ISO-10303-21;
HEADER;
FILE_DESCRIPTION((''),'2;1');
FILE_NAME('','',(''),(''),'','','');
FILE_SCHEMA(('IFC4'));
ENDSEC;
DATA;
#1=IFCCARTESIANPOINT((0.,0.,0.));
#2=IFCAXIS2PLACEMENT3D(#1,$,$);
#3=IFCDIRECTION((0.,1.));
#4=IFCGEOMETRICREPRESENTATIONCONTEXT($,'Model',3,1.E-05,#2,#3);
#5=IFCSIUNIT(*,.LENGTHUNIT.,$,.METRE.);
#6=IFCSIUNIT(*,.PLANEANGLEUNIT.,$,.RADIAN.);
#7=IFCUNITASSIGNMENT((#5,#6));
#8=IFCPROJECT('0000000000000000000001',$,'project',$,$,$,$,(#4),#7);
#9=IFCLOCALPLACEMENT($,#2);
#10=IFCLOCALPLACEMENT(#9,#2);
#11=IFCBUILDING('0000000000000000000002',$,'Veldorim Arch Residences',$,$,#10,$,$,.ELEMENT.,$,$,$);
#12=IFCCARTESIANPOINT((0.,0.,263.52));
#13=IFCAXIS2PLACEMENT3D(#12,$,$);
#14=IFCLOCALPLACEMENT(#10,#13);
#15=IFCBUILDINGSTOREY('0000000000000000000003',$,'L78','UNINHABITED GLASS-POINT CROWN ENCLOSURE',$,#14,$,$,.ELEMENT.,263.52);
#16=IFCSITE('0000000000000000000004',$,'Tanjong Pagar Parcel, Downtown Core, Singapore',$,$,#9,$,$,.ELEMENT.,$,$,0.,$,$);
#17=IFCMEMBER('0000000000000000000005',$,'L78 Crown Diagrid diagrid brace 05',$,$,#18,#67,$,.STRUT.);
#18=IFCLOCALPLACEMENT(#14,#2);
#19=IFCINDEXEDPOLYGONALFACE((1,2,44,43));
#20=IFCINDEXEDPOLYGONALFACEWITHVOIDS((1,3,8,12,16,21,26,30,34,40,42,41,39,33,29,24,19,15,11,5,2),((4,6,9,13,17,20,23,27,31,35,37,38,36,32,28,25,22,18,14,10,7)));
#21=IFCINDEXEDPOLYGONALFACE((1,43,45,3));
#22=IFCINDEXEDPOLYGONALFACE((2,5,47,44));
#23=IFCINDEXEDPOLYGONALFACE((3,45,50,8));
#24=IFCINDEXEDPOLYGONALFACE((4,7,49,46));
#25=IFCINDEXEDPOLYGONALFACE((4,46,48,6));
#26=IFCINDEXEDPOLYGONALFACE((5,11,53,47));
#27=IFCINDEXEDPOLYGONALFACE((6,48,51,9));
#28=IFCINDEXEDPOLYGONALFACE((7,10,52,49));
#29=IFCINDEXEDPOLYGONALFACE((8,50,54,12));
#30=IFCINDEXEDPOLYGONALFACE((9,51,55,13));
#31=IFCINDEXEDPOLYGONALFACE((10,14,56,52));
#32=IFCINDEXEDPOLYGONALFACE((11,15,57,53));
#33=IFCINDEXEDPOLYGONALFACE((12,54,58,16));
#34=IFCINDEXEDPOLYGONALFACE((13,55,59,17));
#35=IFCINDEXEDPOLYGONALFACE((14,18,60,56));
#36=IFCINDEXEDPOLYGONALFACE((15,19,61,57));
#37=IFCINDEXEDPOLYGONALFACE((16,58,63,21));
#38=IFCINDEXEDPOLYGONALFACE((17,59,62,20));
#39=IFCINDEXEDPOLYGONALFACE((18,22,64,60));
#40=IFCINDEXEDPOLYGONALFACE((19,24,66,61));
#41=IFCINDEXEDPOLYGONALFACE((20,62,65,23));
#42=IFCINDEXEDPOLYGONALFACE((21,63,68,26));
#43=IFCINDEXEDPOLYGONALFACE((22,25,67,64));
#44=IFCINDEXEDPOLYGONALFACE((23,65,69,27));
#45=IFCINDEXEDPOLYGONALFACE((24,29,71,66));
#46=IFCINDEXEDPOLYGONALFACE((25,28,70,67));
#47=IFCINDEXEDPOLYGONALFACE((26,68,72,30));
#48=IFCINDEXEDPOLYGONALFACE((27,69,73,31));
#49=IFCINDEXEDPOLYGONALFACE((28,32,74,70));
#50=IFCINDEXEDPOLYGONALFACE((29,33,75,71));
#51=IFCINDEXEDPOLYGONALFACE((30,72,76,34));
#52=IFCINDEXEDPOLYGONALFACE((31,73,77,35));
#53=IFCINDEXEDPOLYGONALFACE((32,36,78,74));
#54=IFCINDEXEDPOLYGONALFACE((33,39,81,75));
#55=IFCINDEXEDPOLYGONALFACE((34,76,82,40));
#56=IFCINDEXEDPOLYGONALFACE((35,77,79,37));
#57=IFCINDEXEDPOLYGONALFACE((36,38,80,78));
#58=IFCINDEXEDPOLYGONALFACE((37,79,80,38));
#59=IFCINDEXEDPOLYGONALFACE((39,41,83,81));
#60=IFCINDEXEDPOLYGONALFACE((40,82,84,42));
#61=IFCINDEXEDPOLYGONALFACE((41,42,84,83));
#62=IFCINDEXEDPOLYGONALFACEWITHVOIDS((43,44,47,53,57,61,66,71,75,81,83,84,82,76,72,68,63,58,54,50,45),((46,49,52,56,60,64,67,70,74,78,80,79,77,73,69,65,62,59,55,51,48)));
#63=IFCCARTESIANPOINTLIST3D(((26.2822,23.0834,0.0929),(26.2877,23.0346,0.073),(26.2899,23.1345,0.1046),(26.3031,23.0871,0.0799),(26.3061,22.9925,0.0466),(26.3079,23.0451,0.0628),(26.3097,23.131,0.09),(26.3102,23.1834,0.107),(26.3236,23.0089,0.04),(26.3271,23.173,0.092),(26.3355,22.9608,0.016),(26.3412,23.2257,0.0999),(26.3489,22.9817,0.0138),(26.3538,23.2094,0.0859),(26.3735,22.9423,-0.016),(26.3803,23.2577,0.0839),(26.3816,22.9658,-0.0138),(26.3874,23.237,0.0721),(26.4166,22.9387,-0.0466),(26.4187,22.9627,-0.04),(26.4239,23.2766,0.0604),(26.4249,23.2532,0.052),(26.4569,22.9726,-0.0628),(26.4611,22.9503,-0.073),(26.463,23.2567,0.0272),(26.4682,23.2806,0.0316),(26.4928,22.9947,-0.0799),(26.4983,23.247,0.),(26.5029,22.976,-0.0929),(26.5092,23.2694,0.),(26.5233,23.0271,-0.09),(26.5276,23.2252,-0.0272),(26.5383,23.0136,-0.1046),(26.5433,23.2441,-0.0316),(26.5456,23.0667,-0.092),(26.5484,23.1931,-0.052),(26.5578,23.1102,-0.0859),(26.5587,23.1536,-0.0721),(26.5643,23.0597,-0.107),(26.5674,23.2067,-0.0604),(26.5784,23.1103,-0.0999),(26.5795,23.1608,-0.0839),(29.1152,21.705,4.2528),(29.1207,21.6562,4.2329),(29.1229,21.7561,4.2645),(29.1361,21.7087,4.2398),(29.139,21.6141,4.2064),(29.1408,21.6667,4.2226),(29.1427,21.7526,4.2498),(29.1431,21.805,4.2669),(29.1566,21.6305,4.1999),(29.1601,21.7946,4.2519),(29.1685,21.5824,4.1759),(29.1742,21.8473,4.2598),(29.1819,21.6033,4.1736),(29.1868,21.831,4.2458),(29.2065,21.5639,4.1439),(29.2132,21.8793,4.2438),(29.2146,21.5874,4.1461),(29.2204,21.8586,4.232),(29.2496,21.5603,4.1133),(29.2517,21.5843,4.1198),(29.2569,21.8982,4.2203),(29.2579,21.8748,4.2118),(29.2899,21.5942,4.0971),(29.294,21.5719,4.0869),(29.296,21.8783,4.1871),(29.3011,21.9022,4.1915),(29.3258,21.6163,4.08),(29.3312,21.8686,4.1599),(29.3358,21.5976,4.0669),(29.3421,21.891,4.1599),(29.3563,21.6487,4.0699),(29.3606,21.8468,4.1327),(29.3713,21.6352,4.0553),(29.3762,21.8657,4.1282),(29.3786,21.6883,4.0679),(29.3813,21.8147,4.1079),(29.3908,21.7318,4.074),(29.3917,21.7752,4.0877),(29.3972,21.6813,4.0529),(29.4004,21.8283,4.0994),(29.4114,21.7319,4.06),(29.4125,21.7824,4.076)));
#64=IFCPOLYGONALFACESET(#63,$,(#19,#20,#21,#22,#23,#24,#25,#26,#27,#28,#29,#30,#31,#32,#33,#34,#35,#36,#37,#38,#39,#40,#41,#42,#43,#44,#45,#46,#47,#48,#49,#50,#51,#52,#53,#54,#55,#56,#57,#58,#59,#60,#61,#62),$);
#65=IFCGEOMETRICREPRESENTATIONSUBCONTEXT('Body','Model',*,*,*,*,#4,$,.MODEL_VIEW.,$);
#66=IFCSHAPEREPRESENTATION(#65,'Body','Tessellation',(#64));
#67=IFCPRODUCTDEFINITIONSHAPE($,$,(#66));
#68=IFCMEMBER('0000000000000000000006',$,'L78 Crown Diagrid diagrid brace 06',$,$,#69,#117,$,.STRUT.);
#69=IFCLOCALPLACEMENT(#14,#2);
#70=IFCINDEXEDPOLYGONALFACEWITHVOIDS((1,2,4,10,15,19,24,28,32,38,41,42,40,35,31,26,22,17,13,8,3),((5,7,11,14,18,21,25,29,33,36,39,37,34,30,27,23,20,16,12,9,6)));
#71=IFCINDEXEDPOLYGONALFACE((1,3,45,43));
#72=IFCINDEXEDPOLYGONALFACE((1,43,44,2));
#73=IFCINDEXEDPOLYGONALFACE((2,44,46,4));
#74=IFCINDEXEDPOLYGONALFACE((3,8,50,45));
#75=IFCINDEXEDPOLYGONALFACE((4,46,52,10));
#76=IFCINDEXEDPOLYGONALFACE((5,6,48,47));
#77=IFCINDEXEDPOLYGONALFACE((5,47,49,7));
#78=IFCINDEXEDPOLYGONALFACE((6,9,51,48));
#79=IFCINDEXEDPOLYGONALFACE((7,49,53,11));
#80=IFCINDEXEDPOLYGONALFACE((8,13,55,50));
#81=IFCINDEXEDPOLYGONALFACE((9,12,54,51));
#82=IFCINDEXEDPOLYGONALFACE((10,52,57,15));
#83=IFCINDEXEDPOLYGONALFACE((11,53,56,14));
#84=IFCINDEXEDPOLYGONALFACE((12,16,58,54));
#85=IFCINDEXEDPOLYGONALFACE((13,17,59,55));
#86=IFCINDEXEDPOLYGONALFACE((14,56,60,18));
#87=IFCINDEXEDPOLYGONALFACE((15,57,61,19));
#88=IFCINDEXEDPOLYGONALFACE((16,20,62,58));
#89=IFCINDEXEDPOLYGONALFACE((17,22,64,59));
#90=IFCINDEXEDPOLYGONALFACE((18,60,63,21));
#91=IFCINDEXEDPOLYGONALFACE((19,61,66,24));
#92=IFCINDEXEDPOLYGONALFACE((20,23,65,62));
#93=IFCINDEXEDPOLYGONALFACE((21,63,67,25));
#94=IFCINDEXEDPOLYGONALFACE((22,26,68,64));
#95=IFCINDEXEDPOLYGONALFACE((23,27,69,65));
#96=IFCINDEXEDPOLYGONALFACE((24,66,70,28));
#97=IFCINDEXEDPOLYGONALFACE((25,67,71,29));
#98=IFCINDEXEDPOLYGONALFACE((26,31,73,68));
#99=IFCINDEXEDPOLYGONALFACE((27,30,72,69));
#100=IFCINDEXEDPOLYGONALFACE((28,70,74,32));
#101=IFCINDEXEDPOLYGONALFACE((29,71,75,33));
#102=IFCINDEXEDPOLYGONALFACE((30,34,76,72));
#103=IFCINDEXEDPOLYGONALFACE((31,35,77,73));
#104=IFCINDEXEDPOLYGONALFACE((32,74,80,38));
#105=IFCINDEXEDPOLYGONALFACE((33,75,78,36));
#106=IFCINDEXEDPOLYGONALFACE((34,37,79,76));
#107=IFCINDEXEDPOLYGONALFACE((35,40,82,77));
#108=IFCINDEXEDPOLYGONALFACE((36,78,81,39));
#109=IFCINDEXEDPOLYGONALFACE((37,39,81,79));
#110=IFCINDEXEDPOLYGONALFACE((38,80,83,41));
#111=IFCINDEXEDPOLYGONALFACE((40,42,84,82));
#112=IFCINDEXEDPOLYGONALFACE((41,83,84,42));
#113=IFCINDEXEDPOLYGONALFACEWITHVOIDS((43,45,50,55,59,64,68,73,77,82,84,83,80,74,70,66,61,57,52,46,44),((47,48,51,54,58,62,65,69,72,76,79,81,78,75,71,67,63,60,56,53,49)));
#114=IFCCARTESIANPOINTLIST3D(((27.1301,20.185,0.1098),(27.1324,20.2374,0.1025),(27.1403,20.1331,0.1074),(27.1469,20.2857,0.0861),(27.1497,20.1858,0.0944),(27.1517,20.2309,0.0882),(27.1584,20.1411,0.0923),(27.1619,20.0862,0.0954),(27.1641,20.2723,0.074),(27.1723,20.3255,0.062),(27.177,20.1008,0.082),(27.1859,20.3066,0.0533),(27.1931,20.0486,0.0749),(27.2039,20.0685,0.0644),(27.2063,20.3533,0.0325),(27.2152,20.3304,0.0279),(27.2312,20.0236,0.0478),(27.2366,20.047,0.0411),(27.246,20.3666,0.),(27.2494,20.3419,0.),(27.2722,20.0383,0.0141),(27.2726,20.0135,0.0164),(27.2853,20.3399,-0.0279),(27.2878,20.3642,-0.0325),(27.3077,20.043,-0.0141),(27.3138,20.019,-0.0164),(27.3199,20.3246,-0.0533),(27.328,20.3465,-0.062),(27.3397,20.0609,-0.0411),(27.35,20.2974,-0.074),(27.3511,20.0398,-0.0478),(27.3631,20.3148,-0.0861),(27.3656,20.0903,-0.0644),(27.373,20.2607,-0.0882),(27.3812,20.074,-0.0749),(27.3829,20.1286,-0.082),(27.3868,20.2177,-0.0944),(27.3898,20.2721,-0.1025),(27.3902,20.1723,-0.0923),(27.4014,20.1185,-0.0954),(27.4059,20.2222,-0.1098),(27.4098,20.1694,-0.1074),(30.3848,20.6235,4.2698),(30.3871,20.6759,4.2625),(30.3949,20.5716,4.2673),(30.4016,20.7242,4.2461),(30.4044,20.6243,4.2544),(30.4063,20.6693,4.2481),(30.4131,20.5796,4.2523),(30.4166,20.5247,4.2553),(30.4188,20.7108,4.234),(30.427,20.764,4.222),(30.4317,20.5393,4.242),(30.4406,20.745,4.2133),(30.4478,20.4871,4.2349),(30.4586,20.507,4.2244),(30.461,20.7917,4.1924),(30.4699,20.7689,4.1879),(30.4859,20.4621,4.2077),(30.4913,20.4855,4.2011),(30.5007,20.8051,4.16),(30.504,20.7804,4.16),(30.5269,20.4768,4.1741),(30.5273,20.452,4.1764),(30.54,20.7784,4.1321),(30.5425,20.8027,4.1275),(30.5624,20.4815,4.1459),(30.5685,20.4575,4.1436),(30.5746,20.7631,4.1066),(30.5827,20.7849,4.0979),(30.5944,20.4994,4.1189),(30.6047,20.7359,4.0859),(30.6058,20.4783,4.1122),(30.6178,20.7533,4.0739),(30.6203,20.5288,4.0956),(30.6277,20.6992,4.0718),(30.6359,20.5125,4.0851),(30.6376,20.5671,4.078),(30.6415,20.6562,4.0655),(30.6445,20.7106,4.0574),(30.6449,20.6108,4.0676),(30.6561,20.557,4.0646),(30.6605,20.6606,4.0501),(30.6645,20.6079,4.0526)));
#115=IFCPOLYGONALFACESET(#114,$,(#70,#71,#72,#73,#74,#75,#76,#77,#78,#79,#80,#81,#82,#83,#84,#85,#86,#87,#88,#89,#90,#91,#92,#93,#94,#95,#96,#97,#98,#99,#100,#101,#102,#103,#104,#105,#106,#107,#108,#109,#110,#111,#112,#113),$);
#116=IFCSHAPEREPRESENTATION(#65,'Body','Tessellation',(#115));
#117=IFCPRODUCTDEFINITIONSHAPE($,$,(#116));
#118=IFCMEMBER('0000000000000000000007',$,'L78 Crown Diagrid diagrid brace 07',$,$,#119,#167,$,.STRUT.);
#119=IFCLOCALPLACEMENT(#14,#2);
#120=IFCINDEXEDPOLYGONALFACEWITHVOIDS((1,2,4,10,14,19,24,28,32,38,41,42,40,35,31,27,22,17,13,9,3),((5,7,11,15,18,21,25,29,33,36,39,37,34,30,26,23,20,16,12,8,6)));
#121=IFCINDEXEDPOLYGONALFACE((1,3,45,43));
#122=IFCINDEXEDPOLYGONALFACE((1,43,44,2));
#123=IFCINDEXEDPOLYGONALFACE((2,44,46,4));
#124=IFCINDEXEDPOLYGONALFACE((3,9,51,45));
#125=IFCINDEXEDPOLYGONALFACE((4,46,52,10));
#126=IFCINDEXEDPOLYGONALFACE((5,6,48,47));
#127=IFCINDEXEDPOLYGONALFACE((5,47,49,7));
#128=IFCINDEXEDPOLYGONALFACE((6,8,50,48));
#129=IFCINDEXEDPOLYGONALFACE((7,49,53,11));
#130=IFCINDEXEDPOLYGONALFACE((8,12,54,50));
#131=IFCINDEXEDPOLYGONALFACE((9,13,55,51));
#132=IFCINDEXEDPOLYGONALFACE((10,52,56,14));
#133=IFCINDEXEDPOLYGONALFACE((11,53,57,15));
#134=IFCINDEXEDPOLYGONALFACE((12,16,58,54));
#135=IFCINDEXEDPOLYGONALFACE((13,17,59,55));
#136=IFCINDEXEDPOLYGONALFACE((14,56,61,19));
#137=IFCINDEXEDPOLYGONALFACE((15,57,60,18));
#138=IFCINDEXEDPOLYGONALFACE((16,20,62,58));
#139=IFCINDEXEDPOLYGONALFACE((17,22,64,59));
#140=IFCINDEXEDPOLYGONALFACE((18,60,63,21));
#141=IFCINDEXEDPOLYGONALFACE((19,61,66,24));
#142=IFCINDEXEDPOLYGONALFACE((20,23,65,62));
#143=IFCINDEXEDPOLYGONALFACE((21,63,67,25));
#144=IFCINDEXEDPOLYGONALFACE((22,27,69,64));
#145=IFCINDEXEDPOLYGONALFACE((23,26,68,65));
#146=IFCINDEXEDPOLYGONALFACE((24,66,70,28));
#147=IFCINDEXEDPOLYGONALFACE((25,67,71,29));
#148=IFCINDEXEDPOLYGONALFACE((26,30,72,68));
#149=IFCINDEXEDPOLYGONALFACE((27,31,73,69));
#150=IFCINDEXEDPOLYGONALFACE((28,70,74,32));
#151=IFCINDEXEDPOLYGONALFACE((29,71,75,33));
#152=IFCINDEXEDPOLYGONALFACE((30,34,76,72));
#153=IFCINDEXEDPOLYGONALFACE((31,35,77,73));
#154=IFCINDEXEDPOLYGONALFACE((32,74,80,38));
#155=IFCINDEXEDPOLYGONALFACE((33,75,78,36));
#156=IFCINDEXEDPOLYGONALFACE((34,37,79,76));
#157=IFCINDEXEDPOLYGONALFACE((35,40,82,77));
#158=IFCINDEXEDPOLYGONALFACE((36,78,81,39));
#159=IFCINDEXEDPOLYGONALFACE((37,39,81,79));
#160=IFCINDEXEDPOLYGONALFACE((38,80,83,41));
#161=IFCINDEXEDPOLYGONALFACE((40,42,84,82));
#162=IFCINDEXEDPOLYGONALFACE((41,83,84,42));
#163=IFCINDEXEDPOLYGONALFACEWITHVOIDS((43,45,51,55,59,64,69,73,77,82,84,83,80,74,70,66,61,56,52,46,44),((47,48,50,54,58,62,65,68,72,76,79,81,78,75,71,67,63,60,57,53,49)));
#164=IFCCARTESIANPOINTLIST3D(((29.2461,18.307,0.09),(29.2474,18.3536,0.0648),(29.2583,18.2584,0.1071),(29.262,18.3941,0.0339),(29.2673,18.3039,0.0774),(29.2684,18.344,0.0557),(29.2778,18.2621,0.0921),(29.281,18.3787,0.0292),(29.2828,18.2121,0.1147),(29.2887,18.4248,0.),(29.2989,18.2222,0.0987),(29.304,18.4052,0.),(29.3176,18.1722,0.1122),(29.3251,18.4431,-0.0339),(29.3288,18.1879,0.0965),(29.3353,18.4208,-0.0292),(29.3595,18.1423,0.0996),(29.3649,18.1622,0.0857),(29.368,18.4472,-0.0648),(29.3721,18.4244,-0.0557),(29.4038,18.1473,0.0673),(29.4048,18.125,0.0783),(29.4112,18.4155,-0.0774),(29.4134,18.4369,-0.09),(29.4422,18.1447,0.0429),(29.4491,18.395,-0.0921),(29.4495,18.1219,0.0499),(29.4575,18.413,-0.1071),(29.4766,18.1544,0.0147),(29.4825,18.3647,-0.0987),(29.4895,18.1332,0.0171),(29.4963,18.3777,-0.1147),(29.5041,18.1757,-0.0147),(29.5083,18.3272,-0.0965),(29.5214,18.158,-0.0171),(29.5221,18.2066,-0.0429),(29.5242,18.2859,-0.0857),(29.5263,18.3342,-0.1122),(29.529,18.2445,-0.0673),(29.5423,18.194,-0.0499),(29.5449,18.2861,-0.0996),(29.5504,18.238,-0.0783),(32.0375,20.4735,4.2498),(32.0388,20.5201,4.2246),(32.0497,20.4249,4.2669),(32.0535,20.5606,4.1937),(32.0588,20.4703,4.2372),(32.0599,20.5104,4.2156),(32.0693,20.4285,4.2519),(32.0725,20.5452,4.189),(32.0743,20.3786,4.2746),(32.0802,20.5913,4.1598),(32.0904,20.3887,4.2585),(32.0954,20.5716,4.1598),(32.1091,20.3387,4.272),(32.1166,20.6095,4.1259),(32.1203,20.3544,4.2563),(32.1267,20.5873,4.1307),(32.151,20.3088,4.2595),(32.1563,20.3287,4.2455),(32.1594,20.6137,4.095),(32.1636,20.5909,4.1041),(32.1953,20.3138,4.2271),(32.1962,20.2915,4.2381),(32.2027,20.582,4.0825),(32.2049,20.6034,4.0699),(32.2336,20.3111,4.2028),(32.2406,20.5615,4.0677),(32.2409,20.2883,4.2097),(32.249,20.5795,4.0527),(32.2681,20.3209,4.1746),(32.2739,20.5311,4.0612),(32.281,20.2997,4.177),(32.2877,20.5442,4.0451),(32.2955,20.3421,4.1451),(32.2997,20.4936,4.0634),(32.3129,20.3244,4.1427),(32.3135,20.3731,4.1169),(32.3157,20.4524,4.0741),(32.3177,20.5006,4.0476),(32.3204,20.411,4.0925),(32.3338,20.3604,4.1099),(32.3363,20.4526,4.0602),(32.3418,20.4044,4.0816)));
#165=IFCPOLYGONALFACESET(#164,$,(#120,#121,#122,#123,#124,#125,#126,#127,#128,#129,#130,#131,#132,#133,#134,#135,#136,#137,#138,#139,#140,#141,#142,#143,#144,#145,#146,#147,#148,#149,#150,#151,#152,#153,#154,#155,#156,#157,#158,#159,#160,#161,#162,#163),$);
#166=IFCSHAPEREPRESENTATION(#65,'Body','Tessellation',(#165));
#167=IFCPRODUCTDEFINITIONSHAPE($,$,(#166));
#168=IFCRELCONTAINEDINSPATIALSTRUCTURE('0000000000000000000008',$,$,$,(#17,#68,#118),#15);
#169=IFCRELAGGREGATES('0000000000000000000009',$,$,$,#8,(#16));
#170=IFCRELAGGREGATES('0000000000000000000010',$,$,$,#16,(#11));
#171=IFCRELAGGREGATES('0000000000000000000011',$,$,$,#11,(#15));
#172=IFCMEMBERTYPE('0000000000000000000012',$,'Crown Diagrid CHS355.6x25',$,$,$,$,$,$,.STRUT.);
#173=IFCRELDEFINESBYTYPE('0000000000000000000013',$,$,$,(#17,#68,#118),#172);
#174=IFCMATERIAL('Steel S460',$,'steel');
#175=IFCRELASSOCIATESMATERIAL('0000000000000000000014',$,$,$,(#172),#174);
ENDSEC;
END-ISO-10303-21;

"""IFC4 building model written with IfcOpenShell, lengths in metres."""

from ifc_helpers import new_model, si_unit, direction, frame, origin, origin_2d, place, context, subcontext, project, spatial, hollow_circle, extrude, material, material_profile, profile_set, type_object, element, save


model = new_model("IFC4")

# Units and contexts
model_context = context("Model", 3, precision=1e-05, world=origin(), true_north=direction((0.0, 1.0)))
body_context = subcontext(model_context, "Body", "Model", "MODEL_VIEW")
ifc_project = project(units=[si_unit("LENGTHUNIT", "METRE"), si_unit("PLANEANGLEUNIT", "RADIAN")], contexts=[model_context])

# Site, building, storey
site_placement = place(None, origin())
site = spatial("IfcSite", under=ifc_project, at=site_placement, Name="Tanjong Pagar Parcel, Downtown Core, Singapore", CompositionType="ELEMENT", RefElevation=0.0)
building_placement = place(site_placement, origin())
building = spatial("IfcBuilding", under=site, at=building_placement, Name="Veldorim Arch Residences", CompositionType="ELEMENT")
storey_placement = place(building_placement, frame((0.0, 0.0, 263.52)))
storey = spatial("IfcBuildingStorey", under=building, at=storey_placement, Name="L78", Description="UNINHABITED GLASS-POINT CROWN ENCLOSURE", CompositionType="ELEMENT", Elevation=263.52)

# Members
ifc_material_1 = material(Name="Steel S460", Category="steel")
ifc_material_profile_1 = material_profile(ifc_material_1, hollow_circle(Radius=0.1777, WallThickness=0.0249, at=origin_2d()), Name="CHS355.6x25")
ifc_profile_set_1 = profile_set([ifc_material_profile_1], Name="Steel S460")
member_type_1 = type_object("IfcMemberType", Name="Crown Diagrid CHS355.6x25", PredefinedType="STRUT", material=ifc_profile_set_1)
member_1_placement = place(storey_placement, frame((26.4314, 23.1096, 0.0), z_axis=(0.542897, -0.26415, 0.797175), x_axis=(0.437517, 0.89921, 0.0)))
element("IfcMember", 1, at=member_1_placement, inside=storey, type_object=member_type_1, Name="L78 Crown Diagrid diagrid brace 05", PredefinedType="STRUT", context=body_context, shape_type="SweptSolid", body=[
    extrude(hollow_circle(Radius=0.1777, WallThickness=0.0249, at=origin_2d()), origin(), (0.0, 0.0, 1.0), 5.2183),
])
member_2_placement = place(storey_placement, frame((27.2698, 20.1904, 0.0), z_axis=(0.614085, 0.082732, 0.784892), x_axis=(-0.133517, 0.991046, 0.0)))
element("IfcMember", 2, at=member_2_placement, inside=storey, type_object=member_type_1, Name="L78 Crown Diagrid diagrid brace 06", PredefinedType="STRUT", context=body_context, shape_type="SweptSolid", body=[
    extrude(hollow_circle(Radius=0.1777, WallThickness=0.0249, at=origin_2d()), origin(), (0.0, 0.0, 1.0), 5.3),
])
member_3_placement = place(storey_placement, frame((29.3977, 18.2844, 0.0), z_axis=(0.51144, 0.396932, 0.762151), x_axis=(-0.613118, 0.789992, 0.0)))
element("IfcMember", 3, at=member_3_placement, inside=storey, type_object=member_type_1, Name="L78 Crown Diagrid diagrid brace 07", PredefinedType="STRUT", context=body_context, shape_type="SweptSolid", body=[
    extrude(hollow_circle(Radius=0.1777, WallThickness=0.0249, at=origin_2d()), origin(), (0.0, 0.0, 1.0), 5.458),
])

save(model, "model.ifc")
